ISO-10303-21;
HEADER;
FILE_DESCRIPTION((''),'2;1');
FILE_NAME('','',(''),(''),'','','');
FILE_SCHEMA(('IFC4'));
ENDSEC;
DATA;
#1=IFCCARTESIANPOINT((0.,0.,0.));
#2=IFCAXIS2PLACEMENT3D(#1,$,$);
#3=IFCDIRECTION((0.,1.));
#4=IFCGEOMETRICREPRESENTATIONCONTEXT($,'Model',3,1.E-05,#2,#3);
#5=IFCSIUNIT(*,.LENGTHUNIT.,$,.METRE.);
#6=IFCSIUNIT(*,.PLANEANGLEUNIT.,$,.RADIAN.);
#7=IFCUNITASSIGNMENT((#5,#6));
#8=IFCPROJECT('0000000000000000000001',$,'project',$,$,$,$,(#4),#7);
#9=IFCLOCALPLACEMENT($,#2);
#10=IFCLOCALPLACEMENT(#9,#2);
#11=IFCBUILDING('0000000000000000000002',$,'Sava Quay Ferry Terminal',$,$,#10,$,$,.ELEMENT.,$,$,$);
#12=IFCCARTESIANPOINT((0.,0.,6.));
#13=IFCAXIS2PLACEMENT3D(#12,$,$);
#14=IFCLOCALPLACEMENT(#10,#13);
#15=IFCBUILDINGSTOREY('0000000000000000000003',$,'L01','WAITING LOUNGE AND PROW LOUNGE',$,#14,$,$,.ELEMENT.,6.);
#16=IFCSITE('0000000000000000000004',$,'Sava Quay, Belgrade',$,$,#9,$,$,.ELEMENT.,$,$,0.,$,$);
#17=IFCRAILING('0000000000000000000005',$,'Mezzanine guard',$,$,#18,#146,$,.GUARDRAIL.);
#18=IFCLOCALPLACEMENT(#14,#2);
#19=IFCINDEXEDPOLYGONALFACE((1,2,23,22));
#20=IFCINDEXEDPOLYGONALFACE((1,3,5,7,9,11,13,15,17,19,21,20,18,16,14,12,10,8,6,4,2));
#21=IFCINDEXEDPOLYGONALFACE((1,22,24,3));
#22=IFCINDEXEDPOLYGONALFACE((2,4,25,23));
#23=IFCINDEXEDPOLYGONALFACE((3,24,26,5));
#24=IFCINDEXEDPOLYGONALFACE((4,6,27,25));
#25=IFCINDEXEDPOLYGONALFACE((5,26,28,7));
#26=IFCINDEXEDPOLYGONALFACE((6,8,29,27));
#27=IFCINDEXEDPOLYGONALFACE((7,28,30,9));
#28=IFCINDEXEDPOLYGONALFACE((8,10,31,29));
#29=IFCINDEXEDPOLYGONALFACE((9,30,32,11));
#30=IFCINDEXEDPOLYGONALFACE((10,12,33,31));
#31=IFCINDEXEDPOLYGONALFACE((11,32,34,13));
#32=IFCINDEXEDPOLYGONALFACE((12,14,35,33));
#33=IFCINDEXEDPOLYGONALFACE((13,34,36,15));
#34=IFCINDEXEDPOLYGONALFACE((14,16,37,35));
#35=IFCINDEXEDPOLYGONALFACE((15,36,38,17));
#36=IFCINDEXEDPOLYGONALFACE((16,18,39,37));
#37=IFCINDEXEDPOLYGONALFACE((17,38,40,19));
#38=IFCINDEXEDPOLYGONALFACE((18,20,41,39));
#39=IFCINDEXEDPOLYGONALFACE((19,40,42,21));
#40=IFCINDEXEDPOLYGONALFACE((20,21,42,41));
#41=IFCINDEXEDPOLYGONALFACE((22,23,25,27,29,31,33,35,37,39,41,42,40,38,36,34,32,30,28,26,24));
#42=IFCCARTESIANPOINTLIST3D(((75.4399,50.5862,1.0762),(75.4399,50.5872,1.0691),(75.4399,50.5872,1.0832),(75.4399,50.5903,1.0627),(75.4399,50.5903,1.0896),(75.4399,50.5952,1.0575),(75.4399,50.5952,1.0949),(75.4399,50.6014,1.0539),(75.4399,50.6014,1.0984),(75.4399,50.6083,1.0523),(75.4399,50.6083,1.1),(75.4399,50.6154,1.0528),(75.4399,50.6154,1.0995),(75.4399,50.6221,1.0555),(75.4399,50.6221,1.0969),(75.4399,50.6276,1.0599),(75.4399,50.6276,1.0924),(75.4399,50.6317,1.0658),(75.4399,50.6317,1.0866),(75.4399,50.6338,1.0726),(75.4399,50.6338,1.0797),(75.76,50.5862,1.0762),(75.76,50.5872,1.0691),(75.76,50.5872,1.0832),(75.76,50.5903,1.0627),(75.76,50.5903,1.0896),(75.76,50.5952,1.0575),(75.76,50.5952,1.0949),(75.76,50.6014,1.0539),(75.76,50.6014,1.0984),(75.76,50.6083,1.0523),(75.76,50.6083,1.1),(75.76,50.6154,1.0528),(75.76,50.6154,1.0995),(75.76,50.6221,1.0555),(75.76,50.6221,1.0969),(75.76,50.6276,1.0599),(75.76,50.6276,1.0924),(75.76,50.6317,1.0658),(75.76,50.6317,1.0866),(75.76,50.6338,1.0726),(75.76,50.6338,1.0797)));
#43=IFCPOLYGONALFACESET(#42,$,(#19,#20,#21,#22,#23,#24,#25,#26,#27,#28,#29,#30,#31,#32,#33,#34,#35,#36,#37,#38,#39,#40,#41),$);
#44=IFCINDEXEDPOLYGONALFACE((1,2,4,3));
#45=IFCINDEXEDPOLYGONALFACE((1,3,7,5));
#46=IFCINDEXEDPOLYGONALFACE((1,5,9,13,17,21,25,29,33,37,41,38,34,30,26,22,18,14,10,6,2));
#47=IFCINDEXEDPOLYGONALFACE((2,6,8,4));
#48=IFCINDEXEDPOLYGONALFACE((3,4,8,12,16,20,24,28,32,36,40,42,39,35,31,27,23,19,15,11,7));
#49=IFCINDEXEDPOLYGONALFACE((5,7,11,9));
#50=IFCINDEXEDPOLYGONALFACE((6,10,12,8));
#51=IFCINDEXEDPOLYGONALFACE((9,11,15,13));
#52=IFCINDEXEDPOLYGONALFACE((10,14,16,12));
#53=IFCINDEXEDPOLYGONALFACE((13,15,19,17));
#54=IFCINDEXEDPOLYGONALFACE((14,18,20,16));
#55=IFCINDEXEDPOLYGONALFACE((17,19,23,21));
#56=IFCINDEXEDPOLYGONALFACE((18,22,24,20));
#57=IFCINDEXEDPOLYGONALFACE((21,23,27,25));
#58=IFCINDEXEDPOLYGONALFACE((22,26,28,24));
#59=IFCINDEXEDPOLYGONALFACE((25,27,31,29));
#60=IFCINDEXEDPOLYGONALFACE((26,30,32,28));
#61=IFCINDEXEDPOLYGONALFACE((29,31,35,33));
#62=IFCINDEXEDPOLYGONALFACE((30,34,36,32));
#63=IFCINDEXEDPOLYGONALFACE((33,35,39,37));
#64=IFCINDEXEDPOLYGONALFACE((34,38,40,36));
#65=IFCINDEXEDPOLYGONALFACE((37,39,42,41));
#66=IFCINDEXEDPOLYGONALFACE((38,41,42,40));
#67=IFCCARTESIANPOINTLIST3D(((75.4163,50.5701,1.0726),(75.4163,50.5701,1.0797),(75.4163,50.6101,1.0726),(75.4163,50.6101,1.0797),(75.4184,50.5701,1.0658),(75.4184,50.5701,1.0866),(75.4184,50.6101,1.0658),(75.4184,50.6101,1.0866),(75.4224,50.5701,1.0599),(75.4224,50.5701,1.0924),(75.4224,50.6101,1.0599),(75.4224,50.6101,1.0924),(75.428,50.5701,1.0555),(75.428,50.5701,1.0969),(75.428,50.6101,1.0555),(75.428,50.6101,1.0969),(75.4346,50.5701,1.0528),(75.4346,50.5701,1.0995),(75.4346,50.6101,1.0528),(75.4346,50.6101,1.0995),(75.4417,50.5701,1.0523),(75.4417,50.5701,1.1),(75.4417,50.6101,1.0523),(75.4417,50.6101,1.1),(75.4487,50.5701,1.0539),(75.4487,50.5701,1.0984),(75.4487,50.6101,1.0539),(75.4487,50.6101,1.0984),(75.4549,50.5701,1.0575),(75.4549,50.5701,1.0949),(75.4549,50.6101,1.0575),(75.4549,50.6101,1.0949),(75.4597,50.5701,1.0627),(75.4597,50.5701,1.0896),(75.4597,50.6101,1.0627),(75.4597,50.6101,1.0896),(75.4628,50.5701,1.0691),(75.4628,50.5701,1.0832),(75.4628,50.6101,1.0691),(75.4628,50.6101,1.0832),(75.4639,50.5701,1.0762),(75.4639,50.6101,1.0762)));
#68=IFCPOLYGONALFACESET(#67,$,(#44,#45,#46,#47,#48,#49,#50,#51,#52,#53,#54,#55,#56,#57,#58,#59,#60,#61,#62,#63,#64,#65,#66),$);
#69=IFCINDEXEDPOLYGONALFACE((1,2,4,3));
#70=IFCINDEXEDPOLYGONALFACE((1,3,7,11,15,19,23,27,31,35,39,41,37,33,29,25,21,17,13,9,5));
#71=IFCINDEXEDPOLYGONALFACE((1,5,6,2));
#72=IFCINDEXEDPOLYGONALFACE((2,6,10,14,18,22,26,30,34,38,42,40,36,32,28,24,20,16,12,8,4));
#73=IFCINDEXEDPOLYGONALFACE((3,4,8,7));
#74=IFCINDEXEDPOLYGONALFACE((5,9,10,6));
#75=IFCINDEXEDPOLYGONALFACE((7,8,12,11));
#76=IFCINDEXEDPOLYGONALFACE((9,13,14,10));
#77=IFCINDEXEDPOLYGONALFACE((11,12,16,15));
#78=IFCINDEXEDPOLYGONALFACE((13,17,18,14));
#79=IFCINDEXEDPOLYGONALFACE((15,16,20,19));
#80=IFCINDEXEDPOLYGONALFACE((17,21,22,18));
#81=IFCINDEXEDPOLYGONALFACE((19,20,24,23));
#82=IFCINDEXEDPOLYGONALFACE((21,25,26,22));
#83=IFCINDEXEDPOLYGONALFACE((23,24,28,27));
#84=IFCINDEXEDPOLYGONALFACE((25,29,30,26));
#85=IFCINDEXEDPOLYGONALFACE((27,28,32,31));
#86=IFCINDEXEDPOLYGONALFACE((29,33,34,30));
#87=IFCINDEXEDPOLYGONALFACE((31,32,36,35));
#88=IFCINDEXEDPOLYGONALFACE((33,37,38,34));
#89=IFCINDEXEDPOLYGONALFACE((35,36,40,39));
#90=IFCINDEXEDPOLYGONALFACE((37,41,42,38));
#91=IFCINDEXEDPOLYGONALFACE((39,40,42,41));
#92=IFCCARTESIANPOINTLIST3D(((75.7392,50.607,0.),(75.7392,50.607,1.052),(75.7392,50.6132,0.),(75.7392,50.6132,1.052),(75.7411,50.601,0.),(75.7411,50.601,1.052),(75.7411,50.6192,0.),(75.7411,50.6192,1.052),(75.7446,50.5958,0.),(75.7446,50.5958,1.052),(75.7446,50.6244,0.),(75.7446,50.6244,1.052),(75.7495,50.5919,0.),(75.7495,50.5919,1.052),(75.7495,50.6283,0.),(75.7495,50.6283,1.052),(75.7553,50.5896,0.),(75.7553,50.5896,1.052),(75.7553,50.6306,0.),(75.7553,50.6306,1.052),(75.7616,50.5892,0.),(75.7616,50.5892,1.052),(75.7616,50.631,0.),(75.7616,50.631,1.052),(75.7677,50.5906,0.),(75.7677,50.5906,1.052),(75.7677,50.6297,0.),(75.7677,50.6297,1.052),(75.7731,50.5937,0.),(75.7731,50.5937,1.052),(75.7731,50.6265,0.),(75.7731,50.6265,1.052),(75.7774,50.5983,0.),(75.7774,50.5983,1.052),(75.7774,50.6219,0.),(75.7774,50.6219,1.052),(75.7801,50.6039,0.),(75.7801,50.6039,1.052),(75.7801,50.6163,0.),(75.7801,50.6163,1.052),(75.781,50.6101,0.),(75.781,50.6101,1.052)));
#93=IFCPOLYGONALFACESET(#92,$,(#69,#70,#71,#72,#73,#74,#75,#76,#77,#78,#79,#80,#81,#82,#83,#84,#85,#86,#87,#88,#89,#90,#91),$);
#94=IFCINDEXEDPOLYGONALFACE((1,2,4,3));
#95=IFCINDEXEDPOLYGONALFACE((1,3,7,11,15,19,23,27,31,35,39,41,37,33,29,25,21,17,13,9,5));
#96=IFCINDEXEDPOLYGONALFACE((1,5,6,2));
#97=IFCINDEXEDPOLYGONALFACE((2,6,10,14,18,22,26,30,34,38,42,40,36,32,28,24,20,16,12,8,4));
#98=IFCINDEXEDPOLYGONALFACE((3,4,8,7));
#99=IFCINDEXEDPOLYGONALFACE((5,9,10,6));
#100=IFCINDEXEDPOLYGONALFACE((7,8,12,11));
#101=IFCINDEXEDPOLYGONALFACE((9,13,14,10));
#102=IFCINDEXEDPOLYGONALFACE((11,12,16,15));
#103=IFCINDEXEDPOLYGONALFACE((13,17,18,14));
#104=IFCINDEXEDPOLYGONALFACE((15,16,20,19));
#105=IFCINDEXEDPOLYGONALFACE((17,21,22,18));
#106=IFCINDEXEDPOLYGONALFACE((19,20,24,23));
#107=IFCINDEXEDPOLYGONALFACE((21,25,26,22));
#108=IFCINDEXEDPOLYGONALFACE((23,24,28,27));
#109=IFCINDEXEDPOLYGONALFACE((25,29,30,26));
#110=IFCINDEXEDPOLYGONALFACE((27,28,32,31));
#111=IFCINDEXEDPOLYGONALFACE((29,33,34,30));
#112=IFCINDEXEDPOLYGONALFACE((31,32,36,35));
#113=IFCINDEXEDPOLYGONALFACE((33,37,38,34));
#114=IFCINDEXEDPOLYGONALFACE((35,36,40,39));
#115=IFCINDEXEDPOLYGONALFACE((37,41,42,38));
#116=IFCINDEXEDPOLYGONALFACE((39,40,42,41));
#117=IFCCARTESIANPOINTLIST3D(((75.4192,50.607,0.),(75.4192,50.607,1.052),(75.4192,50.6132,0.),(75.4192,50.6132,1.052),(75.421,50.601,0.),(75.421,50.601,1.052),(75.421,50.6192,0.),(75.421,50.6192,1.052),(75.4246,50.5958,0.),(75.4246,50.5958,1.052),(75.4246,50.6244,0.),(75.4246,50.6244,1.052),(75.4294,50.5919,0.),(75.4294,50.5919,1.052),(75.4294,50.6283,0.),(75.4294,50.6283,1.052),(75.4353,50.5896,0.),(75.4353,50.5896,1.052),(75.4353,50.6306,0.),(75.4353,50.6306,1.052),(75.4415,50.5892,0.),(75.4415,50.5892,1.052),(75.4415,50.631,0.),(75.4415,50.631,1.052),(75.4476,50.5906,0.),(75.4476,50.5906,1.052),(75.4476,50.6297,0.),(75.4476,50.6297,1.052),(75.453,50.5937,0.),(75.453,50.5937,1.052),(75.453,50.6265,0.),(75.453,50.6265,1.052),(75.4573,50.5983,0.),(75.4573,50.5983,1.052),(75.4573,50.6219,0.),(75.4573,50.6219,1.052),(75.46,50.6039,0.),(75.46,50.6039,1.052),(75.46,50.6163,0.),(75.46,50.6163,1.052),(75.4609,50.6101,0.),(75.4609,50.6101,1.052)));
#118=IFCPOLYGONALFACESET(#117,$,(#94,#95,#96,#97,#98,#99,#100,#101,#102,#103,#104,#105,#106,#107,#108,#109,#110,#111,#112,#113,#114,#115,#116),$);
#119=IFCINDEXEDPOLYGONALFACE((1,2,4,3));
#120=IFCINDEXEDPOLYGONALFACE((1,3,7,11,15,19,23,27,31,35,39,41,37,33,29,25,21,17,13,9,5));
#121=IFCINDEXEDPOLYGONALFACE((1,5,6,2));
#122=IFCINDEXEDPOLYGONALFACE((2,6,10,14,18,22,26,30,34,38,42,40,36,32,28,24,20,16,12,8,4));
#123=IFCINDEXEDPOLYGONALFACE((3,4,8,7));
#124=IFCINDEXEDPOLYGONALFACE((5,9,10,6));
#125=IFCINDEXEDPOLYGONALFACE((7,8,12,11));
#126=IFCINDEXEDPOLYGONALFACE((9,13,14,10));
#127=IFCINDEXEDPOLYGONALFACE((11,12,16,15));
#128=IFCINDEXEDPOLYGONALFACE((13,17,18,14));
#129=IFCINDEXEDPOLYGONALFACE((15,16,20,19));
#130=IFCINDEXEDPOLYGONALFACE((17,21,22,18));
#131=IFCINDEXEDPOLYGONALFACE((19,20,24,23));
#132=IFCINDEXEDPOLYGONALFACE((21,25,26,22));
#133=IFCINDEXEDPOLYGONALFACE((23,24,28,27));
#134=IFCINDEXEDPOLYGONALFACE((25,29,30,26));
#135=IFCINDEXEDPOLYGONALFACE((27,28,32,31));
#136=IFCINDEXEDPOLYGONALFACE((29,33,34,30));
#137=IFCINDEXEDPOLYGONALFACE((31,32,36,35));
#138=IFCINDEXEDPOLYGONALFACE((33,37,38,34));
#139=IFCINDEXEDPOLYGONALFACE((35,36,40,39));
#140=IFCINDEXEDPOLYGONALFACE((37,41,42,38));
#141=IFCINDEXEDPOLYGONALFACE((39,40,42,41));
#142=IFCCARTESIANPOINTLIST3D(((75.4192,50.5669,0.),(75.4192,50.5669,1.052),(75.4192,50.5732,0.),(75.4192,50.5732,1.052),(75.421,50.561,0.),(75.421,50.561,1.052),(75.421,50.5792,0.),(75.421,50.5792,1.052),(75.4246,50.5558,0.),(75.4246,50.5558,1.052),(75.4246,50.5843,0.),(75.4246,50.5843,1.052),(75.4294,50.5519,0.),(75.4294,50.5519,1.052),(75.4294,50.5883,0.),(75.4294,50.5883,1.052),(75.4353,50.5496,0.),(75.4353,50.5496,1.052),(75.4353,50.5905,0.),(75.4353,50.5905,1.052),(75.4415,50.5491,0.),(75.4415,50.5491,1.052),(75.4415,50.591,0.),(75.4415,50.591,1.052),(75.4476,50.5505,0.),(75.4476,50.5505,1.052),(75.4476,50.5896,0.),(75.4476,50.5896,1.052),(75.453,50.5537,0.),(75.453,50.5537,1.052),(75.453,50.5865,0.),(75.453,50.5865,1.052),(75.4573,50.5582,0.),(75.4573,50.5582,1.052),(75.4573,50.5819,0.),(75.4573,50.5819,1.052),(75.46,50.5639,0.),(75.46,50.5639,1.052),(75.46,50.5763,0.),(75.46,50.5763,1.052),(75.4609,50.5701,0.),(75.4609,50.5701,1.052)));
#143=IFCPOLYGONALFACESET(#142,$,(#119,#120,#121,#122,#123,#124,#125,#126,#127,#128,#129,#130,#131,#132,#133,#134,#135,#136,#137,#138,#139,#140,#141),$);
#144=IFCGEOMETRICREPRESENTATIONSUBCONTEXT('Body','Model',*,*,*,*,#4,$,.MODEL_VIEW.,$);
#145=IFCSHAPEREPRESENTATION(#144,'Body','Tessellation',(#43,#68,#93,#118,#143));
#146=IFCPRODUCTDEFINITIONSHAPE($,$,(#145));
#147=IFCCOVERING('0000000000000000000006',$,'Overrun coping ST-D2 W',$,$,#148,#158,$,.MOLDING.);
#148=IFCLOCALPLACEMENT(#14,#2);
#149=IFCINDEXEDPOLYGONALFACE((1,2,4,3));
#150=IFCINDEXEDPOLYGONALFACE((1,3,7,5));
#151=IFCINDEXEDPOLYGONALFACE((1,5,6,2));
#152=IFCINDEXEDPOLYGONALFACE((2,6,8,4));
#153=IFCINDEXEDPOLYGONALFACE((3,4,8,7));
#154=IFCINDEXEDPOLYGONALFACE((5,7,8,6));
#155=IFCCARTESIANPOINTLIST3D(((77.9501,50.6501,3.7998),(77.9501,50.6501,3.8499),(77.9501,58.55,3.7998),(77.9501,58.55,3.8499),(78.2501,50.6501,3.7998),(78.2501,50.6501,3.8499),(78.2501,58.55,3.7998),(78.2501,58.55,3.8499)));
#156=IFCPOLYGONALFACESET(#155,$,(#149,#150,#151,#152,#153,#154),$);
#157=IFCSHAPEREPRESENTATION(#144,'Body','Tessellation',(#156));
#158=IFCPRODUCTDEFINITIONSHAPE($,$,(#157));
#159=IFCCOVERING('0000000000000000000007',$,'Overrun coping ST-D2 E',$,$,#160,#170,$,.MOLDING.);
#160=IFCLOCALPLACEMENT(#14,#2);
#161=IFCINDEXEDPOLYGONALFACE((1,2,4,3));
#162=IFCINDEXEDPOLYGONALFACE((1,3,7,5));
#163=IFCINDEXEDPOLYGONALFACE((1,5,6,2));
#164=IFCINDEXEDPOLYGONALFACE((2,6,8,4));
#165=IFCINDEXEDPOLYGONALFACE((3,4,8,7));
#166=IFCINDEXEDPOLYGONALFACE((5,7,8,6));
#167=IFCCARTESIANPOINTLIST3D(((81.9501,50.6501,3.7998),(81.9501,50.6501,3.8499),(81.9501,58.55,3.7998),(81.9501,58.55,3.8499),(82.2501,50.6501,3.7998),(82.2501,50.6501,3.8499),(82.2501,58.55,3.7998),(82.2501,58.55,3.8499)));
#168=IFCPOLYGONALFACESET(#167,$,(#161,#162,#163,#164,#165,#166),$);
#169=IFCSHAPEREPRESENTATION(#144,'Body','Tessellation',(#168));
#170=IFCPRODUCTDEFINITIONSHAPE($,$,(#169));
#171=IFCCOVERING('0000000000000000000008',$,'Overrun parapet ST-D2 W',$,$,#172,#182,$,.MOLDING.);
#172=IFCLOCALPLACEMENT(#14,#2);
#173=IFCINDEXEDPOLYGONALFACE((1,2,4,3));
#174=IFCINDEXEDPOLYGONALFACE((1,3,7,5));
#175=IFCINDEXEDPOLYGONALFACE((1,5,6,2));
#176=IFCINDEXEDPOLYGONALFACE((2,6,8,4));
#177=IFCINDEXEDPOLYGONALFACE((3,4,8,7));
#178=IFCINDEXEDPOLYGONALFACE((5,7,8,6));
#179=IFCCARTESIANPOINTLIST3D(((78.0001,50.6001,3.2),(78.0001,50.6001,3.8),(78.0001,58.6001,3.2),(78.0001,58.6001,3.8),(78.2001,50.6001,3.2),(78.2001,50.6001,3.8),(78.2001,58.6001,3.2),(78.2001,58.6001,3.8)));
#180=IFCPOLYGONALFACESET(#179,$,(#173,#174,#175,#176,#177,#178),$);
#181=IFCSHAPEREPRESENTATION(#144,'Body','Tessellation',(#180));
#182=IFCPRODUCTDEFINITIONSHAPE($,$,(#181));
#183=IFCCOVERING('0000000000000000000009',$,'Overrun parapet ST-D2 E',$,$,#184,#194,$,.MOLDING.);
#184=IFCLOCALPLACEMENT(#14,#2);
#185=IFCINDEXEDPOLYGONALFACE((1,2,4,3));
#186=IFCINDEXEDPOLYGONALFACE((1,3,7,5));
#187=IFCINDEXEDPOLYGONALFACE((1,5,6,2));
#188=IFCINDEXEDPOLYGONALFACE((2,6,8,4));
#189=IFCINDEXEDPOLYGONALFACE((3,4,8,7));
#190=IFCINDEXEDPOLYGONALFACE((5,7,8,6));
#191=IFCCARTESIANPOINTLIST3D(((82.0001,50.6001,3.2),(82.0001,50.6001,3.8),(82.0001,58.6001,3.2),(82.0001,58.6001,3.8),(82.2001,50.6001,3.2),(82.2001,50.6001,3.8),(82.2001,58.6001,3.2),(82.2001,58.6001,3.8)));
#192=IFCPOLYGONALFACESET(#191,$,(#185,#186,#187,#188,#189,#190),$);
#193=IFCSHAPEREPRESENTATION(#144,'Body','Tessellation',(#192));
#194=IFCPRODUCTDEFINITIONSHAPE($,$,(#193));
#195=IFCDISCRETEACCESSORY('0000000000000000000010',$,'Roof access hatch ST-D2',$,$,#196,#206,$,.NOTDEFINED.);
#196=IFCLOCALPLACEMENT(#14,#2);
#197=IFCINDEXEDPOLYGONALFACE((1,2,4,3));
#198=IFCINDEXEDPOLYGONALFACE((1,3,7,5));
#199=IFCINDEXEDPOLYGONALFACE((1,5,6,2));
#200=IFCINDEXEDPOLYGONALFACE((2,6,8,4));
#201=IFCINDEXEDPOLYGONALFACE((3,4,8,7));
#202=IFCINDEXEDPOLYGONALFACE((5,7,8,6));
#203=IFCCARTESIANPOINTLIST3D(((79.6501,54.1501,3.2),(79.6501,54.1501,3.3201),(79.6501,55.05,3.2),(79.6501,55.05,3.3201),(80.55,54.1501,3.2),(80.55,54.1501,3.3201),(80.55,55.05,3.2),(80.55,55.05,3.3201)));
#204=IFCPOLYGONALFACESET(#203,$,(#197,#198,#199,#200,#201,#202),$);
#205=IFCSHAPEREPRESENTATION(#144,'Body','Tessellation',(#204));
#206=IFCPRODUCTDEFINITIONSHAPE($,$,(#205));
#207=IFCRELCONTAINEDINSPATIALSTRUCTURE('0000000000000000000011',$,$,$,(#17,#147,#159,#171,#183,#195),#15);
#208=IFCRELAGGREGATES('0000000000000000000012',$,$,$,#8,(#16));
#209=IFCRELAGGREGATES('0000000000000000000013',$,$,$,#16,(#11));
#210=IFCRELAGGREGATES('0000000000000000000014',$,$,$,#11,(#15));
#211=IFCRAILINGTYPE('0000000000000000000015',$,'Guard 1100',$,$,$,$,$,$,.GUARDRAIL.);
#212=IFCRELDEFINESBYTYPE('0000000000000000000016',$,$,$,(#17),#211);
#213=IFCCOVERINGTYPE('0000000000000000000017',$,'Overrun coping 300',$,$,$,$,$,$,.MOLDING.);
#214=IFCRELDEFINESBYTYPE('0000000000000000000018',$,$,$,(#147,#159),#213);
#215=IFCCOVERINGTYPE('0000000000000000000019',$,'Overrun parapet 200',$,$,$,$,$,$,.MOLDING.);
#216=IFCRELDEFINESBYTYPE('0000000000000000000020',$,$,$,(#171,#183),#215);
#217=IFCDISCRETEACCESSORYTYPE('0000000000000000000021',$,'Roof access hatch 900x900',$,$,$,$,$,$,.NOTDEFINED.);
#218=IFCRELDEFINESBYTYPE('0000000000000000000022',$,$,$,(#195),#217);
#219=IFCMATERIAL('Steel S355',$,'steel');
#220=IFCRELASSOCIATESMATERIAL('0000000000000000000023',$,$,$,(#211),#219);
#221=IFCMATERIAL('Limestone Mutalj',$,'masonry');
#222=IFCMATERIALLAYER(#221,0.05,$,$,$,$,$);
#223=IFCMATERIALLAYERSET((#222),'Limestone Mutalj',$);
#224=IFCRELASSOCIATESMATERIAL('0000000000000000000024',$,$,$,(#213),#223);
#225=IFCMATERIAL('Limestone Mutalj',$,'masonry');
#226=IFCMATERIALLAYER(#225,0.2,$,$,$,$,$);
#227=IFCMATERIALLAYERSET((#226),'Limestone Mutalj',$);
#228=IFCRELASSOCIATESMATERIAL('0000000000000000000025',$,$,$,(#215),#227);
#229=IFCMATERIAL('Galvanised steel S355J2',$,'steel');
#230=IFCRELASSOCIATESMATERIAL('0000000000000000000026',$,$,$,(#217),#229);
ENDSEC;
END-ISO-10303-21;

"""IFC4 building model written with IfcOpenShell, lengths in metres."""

from ifc_helpers import new_model, si_unit, direction, frame, origin, origin_2d, place, context, subcontext, project, spatial, rectangle, circle, extrude, material, layer, layer_set, type_object, element, save


model = new_model("IFC4")

# Units and contexts
model_context = context("Model", 3, precision=1e-05, world=origin(), true_north=direction((0.0, 1.0)))
body_context = subcontext(model_context, "Body", "Model", "MODEL_VIEW")
ifc_project = project(units=[si_unit("LENGTHUNIT", "METRE"), si_unit("PLANEANGLEUNIT", "RADIAN")], contexts=[model_context])

# Site, building, storey
site_placement = place(None, origin())
site = spatial("IfcSite", under=ifc_project, at=site_placement, Name="Sava Quay, Belgrade", CompositionType="ELEMENT", RefElevation=0.0)
building_placement = place(site_placement, origin())
building = spatial("IfcBuilding", under=site, at=building_placement, Name="Sava Quay Ferry Terminal", CompositionType="ELEMENT")
storey_placement = place(building_placement, frame((0.0, 0.0, 6.0)))
storey = spatial("IfcBuildingStorey", under=building, at=storey_placement, Name="L01", Description="WAITING LOUNGE AND PROW LOUNGE", CompositionType="ELEMENT", Elevation=6.0)

# Railing
ifc_material_1 = material(Name="Steel S355", Category="steel")
railing_type = type_object("IfcRailingType", Name="Guard 1100", PredefinedType="GUARDRAIL", material=ifc_material_1)
railing_1_placement = place(storey_placement, frame((75.76, 50.6101, 0.0)))
element("IfcRailing", 1, at=railing_1_placement, inside=storey, type_object=railing_type, Name="Mezzanine guard", PredefinedType="GUARDRAIL", context=body_context, shape_type="SweptSolid", body=[
    extrude(circle(Radius=0.0239, at=origin_2d()), frame((0.0, 0.0, 1.0762), z_axis=(-1.0, 0.0, 0.0), x_axis=(0.0, -1.0, 0.0)), (0.0, 0.0, 1.0), 0.3201),
    extrude(circle(Radius=0.0239, at=origin_2d()), frame((-0.3201, 0.0, 1.0762), z_axis=(0.0, -1.0, 0.0), x_axis=(1.0, 0.0, 0.0)), (0.0, 0.0, 1.0), 0.04),
    extrude(circle(Radius=0.021, at=origin_2d()), origin(), (0.0, 0.0, 1.0), 1.052),
    extrude(circle(Radius=0.021, at=origin_2d()), frame((-0.3201, 0.0, 0.0)), (0.0, 0.0, 1.0), 1.052),
    extrude(circle(Radius=0.021, at=origin_2d()), frame((-0.3201, -0.04, 0.0)), (0.0, 0.0, 1.0), 1.052),
])

# Coverings
ifc_material_2 = material(Name="Limestone Mutalj", Category="masonry")
ifc_layer_1 = layer(ifc_material_2, 0.05)
ifc_layer_set_1 = layer_set([ifc_layer_1], Name="Limestone Mutalj")
covering_type_1 = type_object("IfcCoveringType", Name="Overrun coping 300", PredefinedType="MOLDING", material=ifc_layer_set_1)
for number, where, z_axis, x_axis, name in (
    (2, (78.1001, 54.6001, 3.7998), (0.0, 0.0, 1.0), (1.0, 0.0, 0.0), "Overrun coping ST-D2 W"),
    (3, (82.1001, 54.6001, 3.7998), (0.0, 0.0, 1.0), (1.0, 0.0, 0.0), "Overrun coping ST-D2 E"),
):
    element("IfcCovering", number, at=place(storey_placement, frame(where, z_axis=z_axis, x_axis=x_axis)), inside=storey, type_object=covering_type_1, Name=name, PredefinedType="MOLDING", context=body_context, shape_type="SweptSolid", body=[
        extrude(rectangle(XDim=0.3, YDim=7.8999, at=origin_2d()), origin(), (0.0, 0.0, 1.0), 0.05),
    ])
ifc_material_3 = material(Name="Limestone Mutalj", Category="masonry")
ifc_layer_2 = layer(ifc_material_3, 0.2)
ifc_layer_set_2 = layer_set([ifc_layer_2], Name="Limestone Mutalj")
covering_type_2 = type_object("IfcCoveringType", Name="Overrun parapet 200", PredefinedType="MOLDING", material=ifc_layer_set_2)
for number, where, z_axis, x_axis, name in (
    (4, (78.1001, 54.6001, 3.2), (0.0, 0.0, 1.0), (1.0, 0.0, 0.0), "Overrun parapet ST-D2 W"),
    (5, (82.1001, 54.6001, 3.2), (0.0, 0.0, 1.0), (1.0, 0.0, 0.0), "Overrun parapet ST-D2 E"),
):
    element("IfcCovering", number, at=place(storey_placement, frame(where, z_axis=z_axis, x_axis=x_axis)), inside=storey, type_object=covering_type_2, Name=name, PredefinedType="MOLDING", context=body_context, shape_type="SweptSolid", body=[
        extrude(rectangle(XDim=0.2, YDim=8.0, at=origin_2d()), origin(), (0.0, 0.0, 1.0), 0.6001),
    ])

# Discrete accessory
ifc_material_4 = material(Name="Galvanised steel S355J2", Category="steel")
discrete_accessory_type = type_object("IfcDiscreteAccessoryType", Name="Roof access hatch 900x900", PredefinedType="NOTDEFINED", material=ifc_material_4)
discrete_accessory_placement = place(storey_placement, frame((80.1001, 54.6001, 3.2), z_axis=(0.0, 0.0, 1.0), x_axis=(1.0, 0.0, 0.0)))
element("IfcDiscreteAccessory", 6, at=discrete_accessory_placement, inside=storey, type_object=discrete_accessory_type, Name="Roof access hatch ST-D2", PredefinedType="NOTDEFINED", context=body_context, shape_type="SweptSolid", body=[
    extrude(rectangle(XDim=0.8999, YDim=0.8999, at=origin_2d()), origin(), (0.0, 0.0, 1.0), 0.1201),
])

save(model, "model.ifc")
